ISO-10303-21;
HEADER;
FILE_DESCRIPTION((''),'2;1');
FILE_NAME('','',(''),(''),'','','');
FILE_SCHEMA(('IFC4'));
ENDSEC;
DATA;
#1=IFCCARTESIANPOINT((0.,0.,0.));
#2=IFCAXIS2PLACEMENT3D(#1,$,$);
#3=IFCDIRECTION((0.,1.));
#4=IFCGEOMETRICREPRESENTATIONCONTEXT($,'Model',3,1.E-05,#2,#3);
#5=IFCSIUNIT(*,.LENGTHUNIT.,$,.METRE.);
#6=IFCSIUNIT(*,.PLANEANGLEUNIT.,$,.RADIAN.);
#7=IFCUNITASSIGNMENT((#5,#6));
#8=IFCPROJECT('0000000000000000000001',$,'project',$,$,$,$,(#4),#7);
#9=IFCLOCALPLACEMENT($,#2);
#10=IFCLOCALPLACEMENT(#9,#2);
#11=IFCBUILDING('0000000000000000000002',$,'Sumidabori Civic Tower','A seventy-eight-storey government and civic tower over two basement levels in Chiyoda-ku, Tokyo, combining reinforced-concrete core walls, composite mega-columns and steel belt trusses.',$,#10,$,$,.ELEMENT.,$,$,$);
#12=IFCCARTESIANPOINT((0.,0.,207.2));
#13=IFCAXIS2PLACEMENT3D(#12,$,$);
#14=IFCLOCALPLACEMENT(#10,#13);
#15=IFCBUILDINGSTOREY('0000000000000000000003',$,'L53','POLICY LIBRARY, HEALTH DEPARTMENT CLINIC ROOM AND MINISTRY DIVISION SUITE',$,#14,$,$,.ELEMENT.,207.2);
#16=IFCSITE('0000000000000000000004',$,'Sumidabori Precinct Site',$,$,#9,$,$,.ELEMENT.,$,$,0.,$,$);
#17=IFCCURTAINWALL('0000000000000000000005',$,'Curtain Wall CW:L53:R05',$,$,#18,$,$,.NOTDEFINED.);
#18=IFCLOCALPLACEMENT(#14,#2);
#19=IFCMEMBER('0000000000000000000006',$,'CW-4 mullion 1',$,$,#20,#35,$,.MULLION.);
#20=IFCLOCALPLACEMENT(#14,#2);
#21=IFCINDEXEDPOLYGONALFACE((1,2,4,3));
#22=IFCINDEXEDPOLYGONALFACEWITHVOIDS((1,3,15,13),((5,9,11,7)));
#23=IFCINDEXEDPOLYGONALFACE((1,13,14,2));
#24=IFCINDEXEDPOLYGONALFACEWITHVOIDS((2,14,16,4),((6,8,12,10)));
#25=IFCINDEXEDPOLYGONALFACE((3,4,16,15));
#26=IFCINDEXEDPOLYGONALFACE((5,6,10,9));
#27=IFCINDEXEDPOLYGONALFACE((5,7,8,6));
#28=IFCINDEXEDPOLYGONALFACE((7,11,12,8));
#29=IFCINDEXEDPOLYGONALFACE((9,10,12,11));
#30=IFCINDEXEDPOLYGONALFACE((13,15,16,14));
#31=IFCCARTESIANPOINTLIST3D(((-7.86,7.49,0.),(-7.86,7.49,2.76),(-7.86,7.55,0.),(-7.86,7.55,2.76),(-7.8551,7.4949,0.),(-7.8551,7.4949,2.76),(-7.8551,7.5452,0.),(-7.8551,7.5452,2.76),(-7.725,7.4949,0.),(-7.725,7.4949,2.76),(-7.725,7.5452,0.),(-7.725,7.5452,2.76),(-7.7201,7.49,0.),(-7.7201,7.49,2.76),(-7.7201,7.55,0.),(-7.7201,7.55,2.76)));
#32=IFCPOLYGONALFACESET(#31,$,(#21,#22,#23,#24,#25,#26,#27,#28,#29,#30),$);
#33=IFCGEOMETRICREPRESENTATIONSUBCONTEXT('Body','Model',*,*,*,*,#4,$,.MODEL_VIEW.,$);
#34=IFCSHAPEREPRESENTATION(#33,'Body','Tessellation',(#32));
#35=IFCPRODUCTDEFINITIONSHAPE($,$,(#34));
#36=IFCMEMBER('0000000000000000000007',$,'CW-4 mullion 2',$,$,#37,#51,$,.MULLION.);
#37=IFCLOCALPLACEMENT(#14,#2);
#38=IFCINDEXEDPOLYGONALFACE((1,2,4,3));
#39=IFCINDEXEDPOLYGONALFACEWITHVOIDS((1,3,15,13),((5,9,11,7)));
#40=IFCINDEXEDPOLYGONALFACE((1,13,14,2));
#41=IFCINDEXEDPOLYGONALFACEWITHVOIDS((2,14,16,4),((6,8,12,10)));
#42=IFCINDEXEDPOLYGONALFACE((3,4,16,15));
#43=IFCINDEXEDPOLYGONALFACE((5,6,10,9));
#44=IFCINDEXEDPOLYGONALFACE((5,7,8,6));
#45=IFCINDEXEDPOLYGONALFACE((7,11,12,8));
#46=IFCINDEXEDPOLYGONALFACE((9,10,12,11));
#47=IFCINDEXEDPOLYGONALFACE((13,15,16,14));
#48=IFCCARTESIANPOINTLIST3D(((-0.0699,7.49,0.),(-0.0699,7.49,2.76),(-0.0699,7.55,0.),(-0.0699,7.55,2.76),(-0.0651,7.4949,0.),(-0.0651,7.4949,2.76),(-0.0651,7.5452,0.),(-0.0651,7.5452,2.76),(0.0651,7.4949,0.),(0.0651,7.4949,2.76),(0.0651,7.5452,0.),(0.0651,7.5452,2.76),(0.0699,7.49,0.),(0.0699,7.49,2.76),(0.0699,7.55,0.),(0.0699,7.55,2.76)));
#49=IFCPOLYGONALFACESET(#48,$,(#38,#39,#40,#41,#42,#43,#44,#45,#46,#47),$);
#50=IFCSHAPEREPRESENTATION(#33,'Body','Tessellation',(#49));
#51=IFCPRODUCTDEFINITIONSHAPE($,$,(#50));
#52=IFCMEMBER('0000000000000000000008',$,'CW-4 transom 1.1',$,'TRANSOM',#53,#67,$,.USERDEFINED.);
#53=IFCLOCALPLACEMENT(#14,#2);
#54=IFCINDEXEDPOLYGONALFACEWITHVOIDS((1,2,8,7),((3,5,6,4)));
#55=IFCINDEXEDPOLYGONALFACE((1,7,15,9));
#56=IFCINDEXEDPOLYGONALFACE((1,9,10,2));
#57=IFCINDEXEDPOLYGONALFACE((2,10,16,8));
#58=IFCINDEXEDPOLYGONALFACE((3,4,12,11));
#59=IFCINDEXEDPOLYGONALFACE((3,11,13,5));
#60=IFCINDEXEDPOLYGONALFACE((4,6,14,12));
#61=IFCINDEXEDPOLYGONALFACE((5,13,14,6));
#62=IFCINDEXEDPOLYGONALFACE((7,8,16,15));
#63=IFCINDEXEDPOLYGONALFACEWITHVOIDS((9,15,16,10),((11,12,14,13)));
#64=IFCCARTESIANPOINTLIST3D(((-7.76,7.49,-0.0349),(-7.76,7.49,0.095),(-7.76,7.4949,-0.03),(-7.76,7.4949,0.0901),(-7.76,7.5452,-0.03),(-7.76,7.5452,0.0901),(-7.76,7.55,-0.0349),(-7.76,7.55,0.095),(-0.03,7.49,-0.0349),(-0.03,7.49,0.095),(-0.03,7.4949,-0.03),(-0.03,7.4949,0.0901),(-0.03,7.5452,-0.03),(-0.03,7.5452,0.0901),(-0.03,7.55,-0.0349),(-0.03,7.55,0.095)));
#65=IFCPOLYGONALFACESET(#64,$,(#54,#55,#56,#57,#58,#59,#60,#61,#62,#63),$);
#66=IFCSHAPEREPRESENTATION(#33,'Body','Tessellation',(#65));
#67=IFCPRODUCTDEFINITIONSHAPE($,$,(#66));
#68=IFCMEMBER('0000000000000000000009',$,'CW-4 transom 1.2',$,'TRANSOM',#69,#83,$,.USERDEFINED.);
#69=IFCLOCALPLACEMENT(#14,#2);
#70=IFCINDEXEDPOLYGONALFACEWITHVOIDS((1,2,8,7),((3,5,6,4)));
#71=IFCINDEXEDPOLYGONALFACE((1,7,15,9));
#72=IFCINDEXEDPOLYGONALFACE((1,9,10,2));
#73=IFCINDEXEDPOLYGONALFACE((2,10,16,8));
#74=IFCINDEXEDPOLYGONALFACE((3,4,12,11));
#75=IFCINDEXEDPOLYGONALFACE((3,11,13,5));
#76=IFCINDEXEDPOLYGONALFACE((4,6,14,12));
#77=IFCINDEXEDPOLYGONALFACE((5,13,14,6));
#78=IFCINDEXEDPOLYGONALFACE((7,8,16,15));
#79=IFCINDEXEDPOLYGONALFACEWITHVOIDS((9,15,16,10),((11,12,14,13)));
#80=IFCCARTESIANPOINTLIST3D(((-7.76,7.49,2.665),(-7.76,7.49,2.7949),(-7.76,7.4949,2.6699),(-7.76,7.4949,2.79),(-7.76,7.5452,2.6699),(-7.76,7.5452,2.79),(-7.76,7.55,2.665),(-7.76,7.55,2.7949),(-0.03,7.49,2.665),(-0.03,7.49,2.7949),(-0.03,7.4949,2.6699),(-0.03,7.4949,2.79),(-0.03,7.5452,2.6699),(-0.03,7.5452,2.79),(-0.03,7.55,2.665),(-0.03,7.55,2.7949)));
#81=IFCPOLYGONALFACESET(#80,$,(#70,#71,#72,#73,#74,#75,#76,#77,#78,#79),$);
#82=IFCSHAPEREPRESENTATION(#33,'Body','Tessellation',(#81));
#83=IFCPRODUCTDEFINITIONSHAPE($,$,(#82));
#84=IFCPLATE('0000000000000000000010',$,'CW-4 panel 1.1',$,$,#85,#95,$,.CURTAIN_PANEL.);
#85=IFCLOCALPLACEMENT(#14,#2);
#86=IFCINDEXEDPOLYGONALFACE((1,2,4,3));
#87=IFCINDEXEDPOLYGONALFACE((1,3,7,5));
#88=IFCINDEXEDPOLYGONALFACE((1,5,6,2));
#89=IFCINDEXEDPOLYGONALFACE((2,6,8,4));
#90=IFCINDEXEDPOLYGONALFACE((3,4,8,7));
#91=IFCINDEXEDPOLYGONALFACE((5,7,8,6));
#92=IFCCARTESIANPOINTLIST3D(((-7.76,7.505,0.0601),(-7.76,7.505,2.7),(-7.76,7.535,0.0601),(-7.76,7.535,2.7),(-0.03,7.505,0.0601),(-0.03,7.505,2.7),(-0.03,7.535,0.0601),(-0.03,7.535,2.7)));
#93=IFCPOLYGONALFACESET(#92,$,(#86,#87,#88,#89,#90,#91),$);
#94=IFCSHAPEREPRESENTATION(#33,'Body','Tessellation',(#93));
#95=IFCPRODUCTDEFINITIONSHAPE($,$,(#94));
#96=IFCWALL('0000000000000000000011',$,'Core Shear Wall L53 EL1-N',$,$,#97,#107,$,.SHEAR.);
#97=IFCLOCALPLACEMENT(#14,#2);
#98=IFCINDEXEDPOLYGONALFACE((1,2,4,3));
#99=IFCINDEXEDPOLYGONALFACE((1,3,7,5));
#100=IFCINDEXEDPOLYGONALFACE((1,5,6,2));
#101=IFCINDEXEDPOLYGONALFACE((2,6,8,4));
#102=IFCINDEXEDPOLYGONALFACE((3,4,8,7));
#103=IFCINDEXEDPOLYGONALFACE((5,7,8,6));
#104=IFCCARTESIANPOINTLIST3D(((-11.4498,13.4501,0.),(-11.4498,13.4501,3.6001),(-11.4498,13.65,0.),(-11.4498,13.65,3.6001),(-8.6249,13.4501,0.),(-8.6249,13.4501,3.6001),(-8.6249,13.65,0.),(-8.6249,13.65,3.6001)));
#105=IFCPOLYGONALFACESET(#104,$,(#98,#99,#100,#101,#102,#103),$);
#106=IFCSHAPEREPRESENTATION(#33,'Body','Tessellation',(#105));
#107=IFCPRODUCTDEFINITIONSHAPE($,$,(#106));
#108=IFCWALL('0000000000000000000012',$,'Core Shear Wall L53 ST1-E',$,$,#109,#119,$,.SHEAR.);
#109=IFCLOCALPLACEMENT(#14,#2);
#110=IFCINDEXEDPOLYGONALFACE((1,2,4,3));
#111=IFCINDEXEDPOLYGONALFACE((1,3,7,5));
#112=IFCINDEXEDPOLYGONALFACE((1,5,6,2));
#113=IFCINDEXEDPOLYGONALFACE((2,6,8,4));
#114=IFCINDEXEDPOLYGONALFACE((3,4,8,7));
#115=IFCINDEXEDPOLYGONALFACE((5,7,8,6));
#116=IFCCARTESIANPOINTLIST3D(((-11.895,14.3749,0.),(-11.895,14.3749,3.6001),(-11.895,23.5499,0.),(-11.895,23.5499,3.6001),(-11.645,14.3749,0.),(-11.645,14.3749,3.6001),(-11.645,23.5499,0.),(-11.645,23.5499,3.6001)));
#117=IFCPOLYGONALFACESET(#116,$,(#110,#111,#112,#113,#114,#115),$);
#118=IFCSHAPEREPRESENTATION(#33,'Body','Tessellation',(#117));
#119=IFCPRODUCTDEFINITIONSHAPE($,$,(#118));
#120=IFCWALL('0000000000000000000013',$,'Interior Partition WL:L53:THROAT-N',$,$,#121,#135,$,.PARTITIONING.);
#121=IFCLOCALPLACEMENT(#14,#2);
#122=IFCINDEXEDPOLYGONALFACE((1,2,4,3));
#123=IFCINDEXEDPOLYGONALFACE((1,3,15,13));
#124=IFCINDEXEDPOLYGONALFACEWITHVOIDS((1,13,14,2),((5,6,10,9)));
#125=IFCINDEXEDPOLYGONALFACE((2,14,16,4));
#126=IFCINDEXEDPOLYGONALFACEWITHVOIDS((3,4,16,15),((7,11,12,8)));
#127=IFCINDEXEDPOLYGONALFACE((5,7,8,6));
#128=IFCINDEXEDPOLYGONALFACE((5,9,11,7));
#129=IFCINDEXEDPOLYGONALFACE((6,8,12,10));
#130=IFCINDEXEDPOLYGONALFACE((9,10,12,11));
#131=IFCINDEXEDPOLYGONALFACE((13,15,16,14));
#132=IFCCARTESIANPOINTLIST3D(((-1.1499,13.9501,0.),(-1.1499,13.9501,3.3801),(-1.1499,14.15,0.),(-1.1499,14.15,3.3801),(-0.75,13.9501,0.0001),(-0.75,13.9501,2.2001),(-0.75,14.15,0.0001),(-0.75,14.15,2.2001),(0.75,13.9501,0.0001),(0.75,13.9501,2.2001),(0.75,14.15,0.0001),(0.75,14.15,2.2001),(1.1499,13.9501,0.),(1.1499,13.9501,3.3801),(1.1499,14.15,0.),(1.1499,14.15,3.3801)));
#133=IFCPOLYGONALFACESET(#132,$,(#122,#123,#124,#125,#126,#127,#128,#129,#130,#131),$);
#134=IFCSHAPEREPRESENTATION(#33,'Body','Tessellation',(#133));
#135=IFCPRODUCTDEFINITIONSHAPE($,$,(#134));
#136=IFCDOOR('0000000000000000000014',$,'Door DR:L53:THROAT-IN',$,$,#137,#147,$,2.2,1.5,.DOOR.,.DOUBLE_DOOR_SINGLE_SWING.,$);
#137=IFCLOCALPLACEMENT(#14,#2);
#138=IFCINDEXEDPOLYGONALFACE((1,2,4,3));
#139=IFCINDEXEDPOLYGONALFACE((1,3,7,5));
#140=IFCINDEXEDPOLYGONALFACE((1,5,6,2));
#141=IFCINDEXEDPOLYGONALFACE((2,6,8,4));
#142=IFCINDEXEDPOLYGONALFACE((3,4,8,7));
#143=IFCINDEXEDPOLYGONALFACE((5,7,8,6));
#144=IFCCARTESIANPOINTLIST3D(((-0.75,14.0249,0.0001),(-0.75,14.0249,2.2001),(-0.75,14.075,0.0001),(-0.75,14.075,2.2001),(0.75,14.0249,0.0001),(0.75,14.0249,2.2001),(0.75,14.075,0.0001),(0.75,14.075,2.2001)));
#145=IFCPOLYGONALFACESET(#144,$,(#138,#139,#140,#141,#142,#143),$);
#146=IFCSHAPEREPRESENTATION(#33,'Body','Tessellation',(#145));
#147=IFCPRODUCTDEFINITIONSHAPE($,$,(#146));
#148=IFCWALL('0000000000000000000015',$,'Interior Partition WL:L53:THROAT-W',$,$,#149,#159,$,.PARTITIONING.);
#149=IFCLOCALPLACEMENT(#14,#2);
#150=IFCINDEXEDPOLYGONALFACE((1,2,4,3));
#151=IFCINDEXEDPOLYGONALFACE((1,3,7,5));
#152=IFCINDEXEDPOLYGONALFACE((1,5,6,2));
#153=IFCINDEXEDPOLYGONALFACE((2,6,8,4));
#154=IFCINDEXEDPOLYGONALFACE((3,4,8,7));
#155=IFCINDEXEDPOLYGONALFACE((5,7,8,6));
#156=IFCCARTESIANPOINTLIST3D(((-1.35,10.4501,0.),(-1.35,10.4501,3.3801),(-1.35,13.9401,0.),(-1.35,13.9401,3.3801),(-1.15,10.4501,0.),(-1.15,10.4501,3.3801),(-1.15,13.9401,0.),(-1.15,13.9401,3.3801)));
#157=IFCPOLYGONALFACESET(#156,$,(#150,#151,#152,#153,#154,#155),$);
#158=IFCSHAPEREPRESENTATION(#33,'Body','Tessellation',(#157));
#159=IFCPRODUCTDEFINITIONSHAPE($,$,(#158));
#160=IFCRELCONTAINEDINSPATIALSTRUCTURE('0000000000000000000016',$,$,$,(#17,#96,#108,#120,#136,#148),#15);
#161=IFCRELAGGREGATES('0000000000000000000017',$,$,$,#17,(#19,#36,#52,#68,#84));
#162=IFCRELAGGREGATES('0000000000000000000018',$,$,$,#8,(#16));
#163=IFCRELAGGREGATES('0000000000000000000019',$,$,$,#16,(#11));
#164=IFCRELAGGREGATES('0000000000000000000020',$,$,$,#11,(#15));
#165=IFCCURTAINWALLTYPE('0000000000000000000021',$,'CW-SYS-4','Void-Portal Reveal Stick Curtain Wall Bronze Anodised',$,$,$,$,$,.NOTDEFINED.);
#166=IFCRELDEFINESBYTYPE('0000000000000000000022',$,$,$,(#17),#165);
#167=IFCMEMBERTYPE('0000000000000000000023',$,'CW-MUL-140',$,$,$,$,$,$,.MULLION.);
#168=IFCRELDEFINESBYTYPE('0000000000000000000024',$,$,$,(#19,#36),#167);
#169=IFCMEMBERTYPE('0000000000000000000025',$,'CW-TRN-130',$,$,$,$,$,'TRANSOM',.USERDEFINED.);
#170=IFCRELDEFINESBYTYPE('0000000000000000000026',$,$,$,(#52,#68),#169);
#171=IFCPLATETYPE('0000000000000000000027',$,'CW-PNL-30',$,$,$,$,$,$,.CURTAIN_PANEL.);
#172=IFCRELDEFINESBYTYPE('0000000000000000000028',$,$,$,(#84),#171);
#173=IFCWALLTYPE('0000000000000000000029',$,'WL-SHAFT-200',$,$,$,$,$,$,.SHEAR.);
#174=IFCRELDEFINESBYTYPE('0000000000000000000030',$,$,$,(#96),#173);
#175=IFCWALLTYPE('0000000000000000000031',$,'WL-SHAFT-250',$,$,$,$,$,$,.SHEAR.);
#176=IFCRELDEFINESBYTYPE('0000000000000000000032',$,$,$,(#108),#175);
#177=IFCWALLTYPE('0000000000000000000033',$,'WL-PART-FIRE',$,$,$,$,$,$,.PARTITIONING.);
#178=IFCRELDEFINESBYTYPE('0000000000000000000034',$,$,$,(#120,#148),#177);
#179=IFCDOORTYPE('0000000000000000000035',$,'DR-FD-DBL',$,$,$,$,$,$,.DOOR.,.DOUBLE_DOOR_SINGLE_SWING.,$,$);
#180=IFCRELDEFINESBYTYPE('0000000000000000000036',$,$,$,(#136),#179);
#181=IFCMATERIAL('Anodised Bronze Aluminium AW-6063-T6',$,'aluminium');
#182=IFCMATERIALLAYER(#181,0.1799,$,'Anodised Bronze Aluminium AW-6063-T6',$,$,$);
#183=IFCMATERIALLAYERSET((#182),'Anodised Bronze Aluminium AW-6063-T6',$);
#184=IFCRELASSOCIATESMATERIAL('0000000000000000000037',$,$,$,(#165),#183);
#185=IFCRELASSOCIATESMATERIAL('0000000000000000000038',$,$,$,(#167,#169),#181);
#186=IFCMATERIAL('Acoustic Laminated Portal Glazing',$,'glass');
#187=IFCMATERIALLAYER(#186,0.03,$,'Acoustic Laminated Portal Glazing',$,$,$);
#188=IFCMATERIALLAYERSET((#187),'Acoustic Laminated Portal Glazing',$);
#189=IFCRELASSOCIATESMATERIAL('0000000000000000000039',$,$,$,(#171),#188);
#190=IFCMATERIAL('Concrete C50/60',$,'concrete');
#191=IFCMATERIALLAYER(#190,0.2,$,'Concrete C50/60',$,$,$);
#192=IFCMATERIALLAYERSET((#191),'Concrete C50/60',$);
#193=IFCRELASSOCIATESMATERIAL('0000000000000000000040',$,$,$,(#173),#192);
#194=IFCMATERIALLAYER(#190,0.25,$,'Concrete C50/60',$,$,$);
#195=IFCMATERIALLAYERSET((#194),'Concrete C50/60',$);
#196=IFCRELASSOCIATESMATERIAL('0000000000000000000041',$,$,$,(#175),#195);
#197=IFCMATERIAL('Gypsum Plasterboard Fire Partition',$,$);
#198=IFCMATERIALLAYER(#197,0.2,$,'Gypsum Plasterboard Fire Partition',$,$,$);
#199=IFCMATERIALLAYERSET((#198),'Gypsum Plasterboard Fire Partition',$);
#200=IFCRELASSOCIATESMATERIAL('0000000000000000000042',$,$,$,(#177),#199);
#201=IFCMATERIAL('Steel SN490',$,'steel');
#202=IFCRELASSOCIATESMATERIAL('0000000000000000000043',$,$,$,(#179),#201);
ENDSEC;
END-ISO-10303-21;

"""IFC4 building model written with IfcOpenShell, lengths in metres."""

from ifc_helpers import new_model, si_unit, direction, frame, frame_2d, origin, origin_2d, place, context, subcontext, project, spatial, rectangle, hollow_rectangle, extrude, source, transform, mapped, material, layer, layer_set, material_profile, profile_set, type_object, element, fill, aggregate, save


model = new_model("IFC4")

# Units and contexts
model_context = context("Model", 3, precision=1e-05, world=origin(), true_north=direction((0.0, 1.0)))
body_context = subcontext(model_context, "Body", "Model", "MODEL_VIEW")
ifc_project = project(units=[si_unit("LENGTHUNIT", "METRE"), si_unit("PLANEANGLEUNIT", "RADIAN")], contexts=[model_context])

# Site, building, storey
site_placement = place(None, origin())
site = spatial("IfcSite", under=ifc_project, at=site_placement, Name="Sumidabori Precinct Site", CompositionType="ELEMENT", RefElevation=0.0)
building_placement = place(site_placement, origin())
building = spatial("IfcBuilding", under=site, at=building_placement, Name="Sumidabori Civic Tower", Description="A seventy-eight-storey government and civic tower over two basement levels in Chiyoda-ku, Tokyo, combining reinforced-concrete core walls, composite mega-columns and steel belt trusses.", CompositionType="ELEMENT")
storey_placement = place(building_placement, frame((0.0, 0.0, 207.2)))
storey = spatial("IfcBuildingStorey", under=building, at=storey_placement, Name="L53", Description="POLICY LIBRARY, HEALTH DEPARTMENT CLINIC ROOM AND MINISTRY DIVISION SUITE", CompositionType="ELEMENT", Elevation=207.2)

# Curtain wall, members, plate
ifc_material_1 = material(Name="Anodised Bronze Aluminium AW-6063-T6", Category="aluminium")
ifc_layer_1 = layer(ifc_material_1, 0.1799, Name="Anodised Bronze Aluminium AW-6063-T6")
ifc_layer_set_1 = layer_set([ifc_layer_1], Name="Anodised Bronze Aluminium AW-6063-T6")
curtain_wall_type = type_object("IfcCurtainWallType", Name="CW-SYS-4", Description="Void-Portal Reveal Stick Curtain Wall Bronze Anodised", PredefinedType="NOTDEFINED", material=ifc_layer_set_1)
curtain_wall_placement = place(storey_placement, origin())
curtain_wall = element("IfcCurtainWall", 1, at=curtain_wall_placement, inside=storey, type_object=curtain_wall_type, Name="Curtain Wall CW:L53:R05", PredefinedType="NOTDEFINED")
ifc_material_profile_1 = material_profile(ifc_material_1, hollow_rectangle(XDim=0.0601, YDim=0.1399, WallThickness=0.0049, at=origin_2d()), Name="ALU MULLION 140x60")
ifc_profile_set_1 = profile_set([ifc_material_profile_1], Name="Anodised Bronze Aluminium AW-6063-T6")
member_type_1 = type_object("IfcMemberType", Name="CW-MUL-140", PredefinedType="MULLION", material=ifc_profile_set_1)
shared_shape_1 = source(origin(), body_context, "Body", "SweptSolid", [
    extrude(hollow_rectangle(XDim=0.0601, YDim=0.1399, WallThickness=0.0049, at=origin_2d()), origin(), (0.0, 0.0, 1.0), 2.76),
])
member_1_placement = place(storey_placement, frame((-7.79, 7.52, 0.0), z_axis=(0.0, 0.0, 1.0), x_axis=(0.0, 1.0, 0.0)))
member_1 = element("IfcMember", 2, at=member_1_placement, type_object=member_type_1, Name="CW-4 mullion 1", PredefinedType="MULLION", context=body_context, shape_type="MappedRepresentation", body=[
    mapped(shared_shape_1, transform((0.0, 0.0, 0.0), x_axis=(1.0, 0.0, 0.0), y_axis=(0.0, 1.0, 0.0), z_axis=(0.0, 0.0, 1.0), scale=1.0)),
])
member_2_placement = place(storey_placement, frame((0.0, 7.52, 0.0), z_axis=(0.0, 0.0, 1.0), x_axis=(0.0, 1.0, 0.0)))
member_2 = element("IfcMember", 3, at=member_2_placement, type_object=member_type_1, Name="CW-4 mullion 2", PredefinedType="MULLION", context=body_context, shape_type="MappedRepresentation", body=[
    mapped(shared_shape_1, transform((0.0, 0.0, 0.0), x_axis=(1.0, 0.0, 0.0), y_axis=(0.0, 1.0, 0.0), z_axis=(0.0, 0.0, 1.0), scale=1.0)),
])
ifc_material_profile_2 = material_profile(ifc_material_1, hollow_rectangle(XDim=0.0601, YDim=0.1299, WallThickness=0.0049, at=origin_2d()), Name="ALU TRANSOM 130x60")
ifc_profile_set_2 = profile_set([ifc_material_profile_2], Name="Anodised Bronze Aluminium AW-6063-T6")
member_type_2 = type_object("IfcMemberType", Name="CW-TRN-130", ElementType="TRANSOM", PredefinedType="USERDEFINED", material=ifc_profile_set_2)
shared_shape_2 = source(origin(), body_context, "Body", "SweptSolid", [
    extrude(hollow_rectangle(XDim=0.0601, YDim=0.1299, WallThickness=0.0049, at=origin_2d()), origin(), (0.0, 0.0, 1.0), 7.73),
])
member_3_placement = place(storey_placement, frame((-7.76, 7.52, 0.03), z_axis=(1.0, 0.0, 0.0), x_axis=(0.0, 1.0, 0.0)))
member_3 = element("IfcMember", 4, at=member_3_placement, type_object=member_type_2, Name="CW-4 transom 1.1", ObjectType="TRANSOM", PredefinedType="USERDEFINED", context=body_context, shape_type="MappedRepresentation", body=[
    mapped(shared_shape_2, transform((0.0, 0.0, 0.0), x_axis=(1.0, 0.0, 0.0), y_axis=(0.0, 1.0, 0.0), z_axis=(0.0, 0.0, 1.0), scale=1.0)),
])
member_4_placement = place(storey_placement, frame((-7.76, 7.52, 2.73), z_axis=(1.0, 0.0, 0.0), x_axis=(0.0, 1.0, 0.0)))
member_4 = element("IfcMember", 5, at=member_4_placement, type_object=member_type_2, Name="CW-4 transom 1.2", ObjectType="TRANSOM", PredefinedType="USERDEFINED", context=body_context, shape_type="MappedRepresentation", body=[
    mapped(shared_shape_2, transform((0.0, 0.0, 0.0), x_axis=(1.0, 0.0, 0.0), y_axis=(0.0, 1.0, 0.0), z_axis=(0.0, 0.0, 1.0), scale=1.0)),
])
ifc_material_2 = material(Name="Acoustic Laminated Portal Glazing", Category="glass")
ifc_layer_2 = layer(ifc_material_2, 0.03, Name="Acoustic Laminated Portal Glazing")
ifc_layer_set_2 = layer_set([ifc_layer_2], Name="Acoustic Laminated Portal Glazing")
plate_type = type_object("IfcPlateType", Name="CW-PNL-30", PredefinedType="CURTAIN_PANEL", material=ifc_layer_set_2)
shared_shape_3 = source(origin(), body_context, "Body", "SweptSolid", [
    extrude(rectangle(XDim=7.73, YDim=0.03, at=origin_2d()), origin(), (0.0, 0.0, 1.0), 2.6399),
])
plate_placement = place(storey_placement, frame((-3.895, 7.52, 0.0601), z_axis=(0.0, 0.0, 1.0), x_axis=(1.0, 0.0, 0.0)))
plate = element("IfcPlate", 6, at=plate_placement, type_object=plate_type, Name="CW-4 panel 1.1", PredefinedType="CURTAIN_PANEL", context=body_context, shape_type="MappedRepresentation", body=[
    mapped(shared_shape_3, transform((0.0, 0.0, 0.0), x_axis=(1.0, 0.0, 0.0), y_axis=(0.0, 1.0, 0.0), z_axis=(0.0, 0.0, 1.0), scale=1.0)),
])
aggregate(curtain_wall, [member_1, member_2, member_3, member_4, plate])

# Wall
ifc_material_3 = material(Name="Concrete C50/60", Category="concrete")
ifc_layer_3 = layer(ifc_material_3, 0.2, Name="Concrete C50/60")
ifc_layer_set_3 = layer_set([ifc_layer_3], Name="Concrete C50/60")
wall_type_1 = type_object("IfcWallType", Name="WL-SHAFT-200", PredefinedType="SHEAR", material=ifc_layer_set_3)
shared_shape_4 = source(origin(), body_context, "Body", "SweptSolid", [
    extrude(rectangle(XDim=2.825, YDim=0.2, at=frame_2d((1.4126, 0.0))), origin(), (0.0, 0.0, 1.0), 3.6001),
])
wall_1_placement = place(storey_placement, frame((-11.45, 13.55, 0.0), z_axis=(0.0, 0.0, 1.0), x_axis=(1.0, 0.0, 0.0)))
element("IfcWall", 7, at=wall_1_placement, inside=storey, type_object=wall_type_1, Name="Core Shear Wall L53 EL1-N", PredefinedType="SHEAR", context=body_context, shape_type="MappedRepresentation", body=[
    mapped(shared_shape_4, transform((0.0, 0.0, 0.0), x_axis=(1.0, 0.0, 0.0), y_axis=(0.0, 1.0, 0.0), z_axis=(0.0, 0.0, 1.0), scale=1.0)),
])

# Shared definitions
ifc_layer_4 = layer(ifc_material_3, 0.25, Name="Concrete C50/60")
ifc_layer_set_4 = layer_set([ifc_layer_4], Name="Concrete C50/60")
wall_type_2 = type_object("IfcWallType", Name="WL-SHAFT-250", PredefinedType="SHEAR", material=ifc_layer_set_4)

# Wall
shared_shape_5 = source(origin(), body_context, "Body", "SweptSolid", [
    extrude(rectangle(XDim=9.175, YDim=0.25, at=frame_2d((4.5874, 0.0))), origin(), (0.0, 0.0, 1.0), 3.6001),
])
wall_2_placement = place(storey_placement, frame((-11.77, 14.375, 0.0), z_axis=(0.0, 0.0, 1.0), x_axis=(0.0, 1.0, 0.0)))
element("IfcWall", 8, at=wall_2_placement, inside=storey, type_object=wall_type_2, Name="Core Shear Wall L53 ST1-E", PredefinedType="SHEAR", context=body_context, shape_type="MappedRepresentation", body=[
    mapped(shared_shape_5, transform((0.0, 0.0, 0.0), x_axis=(1.0, 0.0, 0.0), y_axis=(0.0, 1.0, 0.0), z_axis=(0.0, 0.0, 1.0), scale=1.0)),
])

# Shared definitions
ifc_material_4 = material(Name="Gypsum Plasterboard Fire Partition")
ifc_layer_5 = layer(ifc_material_4, 0.2, Name="Gypsum Plasterboard Fire Partition")
ifc_layer_set_5 = layer_set([ifc_layer_5], Name="Gypsum Plasterboard Fire Partition")
wall_type_3 = type_object("IfcWallType", Name="WL-PART-FIRE", PredefinedType="PARTITIONING", material=ifc_layer_set_5)

# Wall, opening, door
shared_shape_6 = source(origin(), body_context, "Body", "SweptSolid", [
    extrude(rectangle(XDim=2.2998, YDim=0.2, at=frame_2d((1.1499, 0.0))), origin(), (0.0, 0.0, 1.0), 3.3801),
])
wall_3_placement = place(storey_placement, frame((-1.1499, 14.05, 0.0), z_axis=(0.0, 0.0, 1.0), x_axis=(1.0, 0.0, 0.0)))
wall_3 = element("IfcWall", 9, at=wall_3_placement, inside=storey, type_object=wall_type_3, Name="Interior Partition WL:L53:THROAT-N", PredefinedType="PARTITIONING", context=body_context, shape_type="MappedRepresentation", body=[
    mapped(shared_shape_6, transform((0.0, 0.0, 0.0), x_axis=(1.0, 0.0, 0.0), y_axis=(0.0, 1.0, 0.0), z_axis=(0.0, 0.0, 1.0), scale=1.0)),
])
opening_1_placement = place(wall_3_placement, frame((0.3999, 0.0, 0.0)))
opening_1 = element("IfcOpeningElement", 10, at=opening_1_placement, cuts=wall_3, PredefinedType="OPENING", context=body_context, shape_type="SweptSolid", body=[
    extrude(rectangle(XDim=1.5, YDim=2.2, at=frame_2d((0.75, 1.1001))), frame((0.0, 0.1118, 0.0), z_axis=(0.0, -1.0, 0.0), x_axis=(1.0, 0.0, 0.0)), (0.0, 0.0, 1.0), 0.2239),
])
ifc_material_5 = material(Name="Steel SN490", Category="steel")
door_type_1 = type_object("IfcDoorType", Name="DR-FD-DBL", OperationType="DOUBLE_DOOR_SINGLE_SWING", PredefinedType="DOOR", material=ifc_material_5)
shared_shape_7 = source(origin(), body_context, "Body", "SweptSolid", [
    extrude(rectangle(XDim=1.5, YDim=2.2, at=frame_2d((0.75, 1.1001))), frame((0.0, 0.0249, 0.0), z_axis=(0.0, -1.0, 0.0), x_axis=(1.0, 0.0, 0.0)), (0.0, 0.0, 1.0), 0.05),
])
door_1_placement = place(opening_1_placement, origin())
door_1 = element("IfcDoor", 11, at=door_1_placement, inside=storey, type_object=door_type_1, Name="Door DR:L53:THROAT-IN", OperationType="DOUBLE_DOOR_SINGLE_SWING", OverallHeight=2.2, OverallWidth=1.5, PredefinedType="DOOR", context=body_context, shape_type="MappedRepresentation", body=[
    mapped(shared_shape_7, transform((0.0, 0.0, 0.0), x_axis=(1.0, 0.0, 0.0), y_axis=(0.0, 1.0, 0.0), z_axis=(0.0, 0.0, 1.0), scale=1.0)),
])
fill(opening_1, door_1)

# Wall
shared_shape_8 = source(origin(), body_context, "Body", "SweptSolid", [
    extrude(rectangle(XDim=3.49, YDim=0.2, at=frame_2d((1.7451, 0.0))), origin(), (0.0, 0.0, 1.0), 3.3801),
])
wall_4_placement = place(storey_placement, frame((-1.25, 10.45, 0.0), z_axis=(0.0, 0.0, 1.0), x_axis=(0.0, 1.0, 0.0)))
element("IfcWall", 12, at=wall_4_placement, inside=storey, type_object=wall_type_3, Name="Interior Partition WL:L53:THROAT-W", PredefinedType="PARTITIONING", context=body_context, shape_type="MappedRepresentation", body=[
    mapped(shared_shape_8, transform((0.0, 0.0, 0.0), x_axis=(1.0, 0.0, 0.0), y_axis=(0.0, 1.0, 0.0), z_axis=(0.0, 0.0, 1.0), scale=1.0)),
])

save(model, "model.ifc")
